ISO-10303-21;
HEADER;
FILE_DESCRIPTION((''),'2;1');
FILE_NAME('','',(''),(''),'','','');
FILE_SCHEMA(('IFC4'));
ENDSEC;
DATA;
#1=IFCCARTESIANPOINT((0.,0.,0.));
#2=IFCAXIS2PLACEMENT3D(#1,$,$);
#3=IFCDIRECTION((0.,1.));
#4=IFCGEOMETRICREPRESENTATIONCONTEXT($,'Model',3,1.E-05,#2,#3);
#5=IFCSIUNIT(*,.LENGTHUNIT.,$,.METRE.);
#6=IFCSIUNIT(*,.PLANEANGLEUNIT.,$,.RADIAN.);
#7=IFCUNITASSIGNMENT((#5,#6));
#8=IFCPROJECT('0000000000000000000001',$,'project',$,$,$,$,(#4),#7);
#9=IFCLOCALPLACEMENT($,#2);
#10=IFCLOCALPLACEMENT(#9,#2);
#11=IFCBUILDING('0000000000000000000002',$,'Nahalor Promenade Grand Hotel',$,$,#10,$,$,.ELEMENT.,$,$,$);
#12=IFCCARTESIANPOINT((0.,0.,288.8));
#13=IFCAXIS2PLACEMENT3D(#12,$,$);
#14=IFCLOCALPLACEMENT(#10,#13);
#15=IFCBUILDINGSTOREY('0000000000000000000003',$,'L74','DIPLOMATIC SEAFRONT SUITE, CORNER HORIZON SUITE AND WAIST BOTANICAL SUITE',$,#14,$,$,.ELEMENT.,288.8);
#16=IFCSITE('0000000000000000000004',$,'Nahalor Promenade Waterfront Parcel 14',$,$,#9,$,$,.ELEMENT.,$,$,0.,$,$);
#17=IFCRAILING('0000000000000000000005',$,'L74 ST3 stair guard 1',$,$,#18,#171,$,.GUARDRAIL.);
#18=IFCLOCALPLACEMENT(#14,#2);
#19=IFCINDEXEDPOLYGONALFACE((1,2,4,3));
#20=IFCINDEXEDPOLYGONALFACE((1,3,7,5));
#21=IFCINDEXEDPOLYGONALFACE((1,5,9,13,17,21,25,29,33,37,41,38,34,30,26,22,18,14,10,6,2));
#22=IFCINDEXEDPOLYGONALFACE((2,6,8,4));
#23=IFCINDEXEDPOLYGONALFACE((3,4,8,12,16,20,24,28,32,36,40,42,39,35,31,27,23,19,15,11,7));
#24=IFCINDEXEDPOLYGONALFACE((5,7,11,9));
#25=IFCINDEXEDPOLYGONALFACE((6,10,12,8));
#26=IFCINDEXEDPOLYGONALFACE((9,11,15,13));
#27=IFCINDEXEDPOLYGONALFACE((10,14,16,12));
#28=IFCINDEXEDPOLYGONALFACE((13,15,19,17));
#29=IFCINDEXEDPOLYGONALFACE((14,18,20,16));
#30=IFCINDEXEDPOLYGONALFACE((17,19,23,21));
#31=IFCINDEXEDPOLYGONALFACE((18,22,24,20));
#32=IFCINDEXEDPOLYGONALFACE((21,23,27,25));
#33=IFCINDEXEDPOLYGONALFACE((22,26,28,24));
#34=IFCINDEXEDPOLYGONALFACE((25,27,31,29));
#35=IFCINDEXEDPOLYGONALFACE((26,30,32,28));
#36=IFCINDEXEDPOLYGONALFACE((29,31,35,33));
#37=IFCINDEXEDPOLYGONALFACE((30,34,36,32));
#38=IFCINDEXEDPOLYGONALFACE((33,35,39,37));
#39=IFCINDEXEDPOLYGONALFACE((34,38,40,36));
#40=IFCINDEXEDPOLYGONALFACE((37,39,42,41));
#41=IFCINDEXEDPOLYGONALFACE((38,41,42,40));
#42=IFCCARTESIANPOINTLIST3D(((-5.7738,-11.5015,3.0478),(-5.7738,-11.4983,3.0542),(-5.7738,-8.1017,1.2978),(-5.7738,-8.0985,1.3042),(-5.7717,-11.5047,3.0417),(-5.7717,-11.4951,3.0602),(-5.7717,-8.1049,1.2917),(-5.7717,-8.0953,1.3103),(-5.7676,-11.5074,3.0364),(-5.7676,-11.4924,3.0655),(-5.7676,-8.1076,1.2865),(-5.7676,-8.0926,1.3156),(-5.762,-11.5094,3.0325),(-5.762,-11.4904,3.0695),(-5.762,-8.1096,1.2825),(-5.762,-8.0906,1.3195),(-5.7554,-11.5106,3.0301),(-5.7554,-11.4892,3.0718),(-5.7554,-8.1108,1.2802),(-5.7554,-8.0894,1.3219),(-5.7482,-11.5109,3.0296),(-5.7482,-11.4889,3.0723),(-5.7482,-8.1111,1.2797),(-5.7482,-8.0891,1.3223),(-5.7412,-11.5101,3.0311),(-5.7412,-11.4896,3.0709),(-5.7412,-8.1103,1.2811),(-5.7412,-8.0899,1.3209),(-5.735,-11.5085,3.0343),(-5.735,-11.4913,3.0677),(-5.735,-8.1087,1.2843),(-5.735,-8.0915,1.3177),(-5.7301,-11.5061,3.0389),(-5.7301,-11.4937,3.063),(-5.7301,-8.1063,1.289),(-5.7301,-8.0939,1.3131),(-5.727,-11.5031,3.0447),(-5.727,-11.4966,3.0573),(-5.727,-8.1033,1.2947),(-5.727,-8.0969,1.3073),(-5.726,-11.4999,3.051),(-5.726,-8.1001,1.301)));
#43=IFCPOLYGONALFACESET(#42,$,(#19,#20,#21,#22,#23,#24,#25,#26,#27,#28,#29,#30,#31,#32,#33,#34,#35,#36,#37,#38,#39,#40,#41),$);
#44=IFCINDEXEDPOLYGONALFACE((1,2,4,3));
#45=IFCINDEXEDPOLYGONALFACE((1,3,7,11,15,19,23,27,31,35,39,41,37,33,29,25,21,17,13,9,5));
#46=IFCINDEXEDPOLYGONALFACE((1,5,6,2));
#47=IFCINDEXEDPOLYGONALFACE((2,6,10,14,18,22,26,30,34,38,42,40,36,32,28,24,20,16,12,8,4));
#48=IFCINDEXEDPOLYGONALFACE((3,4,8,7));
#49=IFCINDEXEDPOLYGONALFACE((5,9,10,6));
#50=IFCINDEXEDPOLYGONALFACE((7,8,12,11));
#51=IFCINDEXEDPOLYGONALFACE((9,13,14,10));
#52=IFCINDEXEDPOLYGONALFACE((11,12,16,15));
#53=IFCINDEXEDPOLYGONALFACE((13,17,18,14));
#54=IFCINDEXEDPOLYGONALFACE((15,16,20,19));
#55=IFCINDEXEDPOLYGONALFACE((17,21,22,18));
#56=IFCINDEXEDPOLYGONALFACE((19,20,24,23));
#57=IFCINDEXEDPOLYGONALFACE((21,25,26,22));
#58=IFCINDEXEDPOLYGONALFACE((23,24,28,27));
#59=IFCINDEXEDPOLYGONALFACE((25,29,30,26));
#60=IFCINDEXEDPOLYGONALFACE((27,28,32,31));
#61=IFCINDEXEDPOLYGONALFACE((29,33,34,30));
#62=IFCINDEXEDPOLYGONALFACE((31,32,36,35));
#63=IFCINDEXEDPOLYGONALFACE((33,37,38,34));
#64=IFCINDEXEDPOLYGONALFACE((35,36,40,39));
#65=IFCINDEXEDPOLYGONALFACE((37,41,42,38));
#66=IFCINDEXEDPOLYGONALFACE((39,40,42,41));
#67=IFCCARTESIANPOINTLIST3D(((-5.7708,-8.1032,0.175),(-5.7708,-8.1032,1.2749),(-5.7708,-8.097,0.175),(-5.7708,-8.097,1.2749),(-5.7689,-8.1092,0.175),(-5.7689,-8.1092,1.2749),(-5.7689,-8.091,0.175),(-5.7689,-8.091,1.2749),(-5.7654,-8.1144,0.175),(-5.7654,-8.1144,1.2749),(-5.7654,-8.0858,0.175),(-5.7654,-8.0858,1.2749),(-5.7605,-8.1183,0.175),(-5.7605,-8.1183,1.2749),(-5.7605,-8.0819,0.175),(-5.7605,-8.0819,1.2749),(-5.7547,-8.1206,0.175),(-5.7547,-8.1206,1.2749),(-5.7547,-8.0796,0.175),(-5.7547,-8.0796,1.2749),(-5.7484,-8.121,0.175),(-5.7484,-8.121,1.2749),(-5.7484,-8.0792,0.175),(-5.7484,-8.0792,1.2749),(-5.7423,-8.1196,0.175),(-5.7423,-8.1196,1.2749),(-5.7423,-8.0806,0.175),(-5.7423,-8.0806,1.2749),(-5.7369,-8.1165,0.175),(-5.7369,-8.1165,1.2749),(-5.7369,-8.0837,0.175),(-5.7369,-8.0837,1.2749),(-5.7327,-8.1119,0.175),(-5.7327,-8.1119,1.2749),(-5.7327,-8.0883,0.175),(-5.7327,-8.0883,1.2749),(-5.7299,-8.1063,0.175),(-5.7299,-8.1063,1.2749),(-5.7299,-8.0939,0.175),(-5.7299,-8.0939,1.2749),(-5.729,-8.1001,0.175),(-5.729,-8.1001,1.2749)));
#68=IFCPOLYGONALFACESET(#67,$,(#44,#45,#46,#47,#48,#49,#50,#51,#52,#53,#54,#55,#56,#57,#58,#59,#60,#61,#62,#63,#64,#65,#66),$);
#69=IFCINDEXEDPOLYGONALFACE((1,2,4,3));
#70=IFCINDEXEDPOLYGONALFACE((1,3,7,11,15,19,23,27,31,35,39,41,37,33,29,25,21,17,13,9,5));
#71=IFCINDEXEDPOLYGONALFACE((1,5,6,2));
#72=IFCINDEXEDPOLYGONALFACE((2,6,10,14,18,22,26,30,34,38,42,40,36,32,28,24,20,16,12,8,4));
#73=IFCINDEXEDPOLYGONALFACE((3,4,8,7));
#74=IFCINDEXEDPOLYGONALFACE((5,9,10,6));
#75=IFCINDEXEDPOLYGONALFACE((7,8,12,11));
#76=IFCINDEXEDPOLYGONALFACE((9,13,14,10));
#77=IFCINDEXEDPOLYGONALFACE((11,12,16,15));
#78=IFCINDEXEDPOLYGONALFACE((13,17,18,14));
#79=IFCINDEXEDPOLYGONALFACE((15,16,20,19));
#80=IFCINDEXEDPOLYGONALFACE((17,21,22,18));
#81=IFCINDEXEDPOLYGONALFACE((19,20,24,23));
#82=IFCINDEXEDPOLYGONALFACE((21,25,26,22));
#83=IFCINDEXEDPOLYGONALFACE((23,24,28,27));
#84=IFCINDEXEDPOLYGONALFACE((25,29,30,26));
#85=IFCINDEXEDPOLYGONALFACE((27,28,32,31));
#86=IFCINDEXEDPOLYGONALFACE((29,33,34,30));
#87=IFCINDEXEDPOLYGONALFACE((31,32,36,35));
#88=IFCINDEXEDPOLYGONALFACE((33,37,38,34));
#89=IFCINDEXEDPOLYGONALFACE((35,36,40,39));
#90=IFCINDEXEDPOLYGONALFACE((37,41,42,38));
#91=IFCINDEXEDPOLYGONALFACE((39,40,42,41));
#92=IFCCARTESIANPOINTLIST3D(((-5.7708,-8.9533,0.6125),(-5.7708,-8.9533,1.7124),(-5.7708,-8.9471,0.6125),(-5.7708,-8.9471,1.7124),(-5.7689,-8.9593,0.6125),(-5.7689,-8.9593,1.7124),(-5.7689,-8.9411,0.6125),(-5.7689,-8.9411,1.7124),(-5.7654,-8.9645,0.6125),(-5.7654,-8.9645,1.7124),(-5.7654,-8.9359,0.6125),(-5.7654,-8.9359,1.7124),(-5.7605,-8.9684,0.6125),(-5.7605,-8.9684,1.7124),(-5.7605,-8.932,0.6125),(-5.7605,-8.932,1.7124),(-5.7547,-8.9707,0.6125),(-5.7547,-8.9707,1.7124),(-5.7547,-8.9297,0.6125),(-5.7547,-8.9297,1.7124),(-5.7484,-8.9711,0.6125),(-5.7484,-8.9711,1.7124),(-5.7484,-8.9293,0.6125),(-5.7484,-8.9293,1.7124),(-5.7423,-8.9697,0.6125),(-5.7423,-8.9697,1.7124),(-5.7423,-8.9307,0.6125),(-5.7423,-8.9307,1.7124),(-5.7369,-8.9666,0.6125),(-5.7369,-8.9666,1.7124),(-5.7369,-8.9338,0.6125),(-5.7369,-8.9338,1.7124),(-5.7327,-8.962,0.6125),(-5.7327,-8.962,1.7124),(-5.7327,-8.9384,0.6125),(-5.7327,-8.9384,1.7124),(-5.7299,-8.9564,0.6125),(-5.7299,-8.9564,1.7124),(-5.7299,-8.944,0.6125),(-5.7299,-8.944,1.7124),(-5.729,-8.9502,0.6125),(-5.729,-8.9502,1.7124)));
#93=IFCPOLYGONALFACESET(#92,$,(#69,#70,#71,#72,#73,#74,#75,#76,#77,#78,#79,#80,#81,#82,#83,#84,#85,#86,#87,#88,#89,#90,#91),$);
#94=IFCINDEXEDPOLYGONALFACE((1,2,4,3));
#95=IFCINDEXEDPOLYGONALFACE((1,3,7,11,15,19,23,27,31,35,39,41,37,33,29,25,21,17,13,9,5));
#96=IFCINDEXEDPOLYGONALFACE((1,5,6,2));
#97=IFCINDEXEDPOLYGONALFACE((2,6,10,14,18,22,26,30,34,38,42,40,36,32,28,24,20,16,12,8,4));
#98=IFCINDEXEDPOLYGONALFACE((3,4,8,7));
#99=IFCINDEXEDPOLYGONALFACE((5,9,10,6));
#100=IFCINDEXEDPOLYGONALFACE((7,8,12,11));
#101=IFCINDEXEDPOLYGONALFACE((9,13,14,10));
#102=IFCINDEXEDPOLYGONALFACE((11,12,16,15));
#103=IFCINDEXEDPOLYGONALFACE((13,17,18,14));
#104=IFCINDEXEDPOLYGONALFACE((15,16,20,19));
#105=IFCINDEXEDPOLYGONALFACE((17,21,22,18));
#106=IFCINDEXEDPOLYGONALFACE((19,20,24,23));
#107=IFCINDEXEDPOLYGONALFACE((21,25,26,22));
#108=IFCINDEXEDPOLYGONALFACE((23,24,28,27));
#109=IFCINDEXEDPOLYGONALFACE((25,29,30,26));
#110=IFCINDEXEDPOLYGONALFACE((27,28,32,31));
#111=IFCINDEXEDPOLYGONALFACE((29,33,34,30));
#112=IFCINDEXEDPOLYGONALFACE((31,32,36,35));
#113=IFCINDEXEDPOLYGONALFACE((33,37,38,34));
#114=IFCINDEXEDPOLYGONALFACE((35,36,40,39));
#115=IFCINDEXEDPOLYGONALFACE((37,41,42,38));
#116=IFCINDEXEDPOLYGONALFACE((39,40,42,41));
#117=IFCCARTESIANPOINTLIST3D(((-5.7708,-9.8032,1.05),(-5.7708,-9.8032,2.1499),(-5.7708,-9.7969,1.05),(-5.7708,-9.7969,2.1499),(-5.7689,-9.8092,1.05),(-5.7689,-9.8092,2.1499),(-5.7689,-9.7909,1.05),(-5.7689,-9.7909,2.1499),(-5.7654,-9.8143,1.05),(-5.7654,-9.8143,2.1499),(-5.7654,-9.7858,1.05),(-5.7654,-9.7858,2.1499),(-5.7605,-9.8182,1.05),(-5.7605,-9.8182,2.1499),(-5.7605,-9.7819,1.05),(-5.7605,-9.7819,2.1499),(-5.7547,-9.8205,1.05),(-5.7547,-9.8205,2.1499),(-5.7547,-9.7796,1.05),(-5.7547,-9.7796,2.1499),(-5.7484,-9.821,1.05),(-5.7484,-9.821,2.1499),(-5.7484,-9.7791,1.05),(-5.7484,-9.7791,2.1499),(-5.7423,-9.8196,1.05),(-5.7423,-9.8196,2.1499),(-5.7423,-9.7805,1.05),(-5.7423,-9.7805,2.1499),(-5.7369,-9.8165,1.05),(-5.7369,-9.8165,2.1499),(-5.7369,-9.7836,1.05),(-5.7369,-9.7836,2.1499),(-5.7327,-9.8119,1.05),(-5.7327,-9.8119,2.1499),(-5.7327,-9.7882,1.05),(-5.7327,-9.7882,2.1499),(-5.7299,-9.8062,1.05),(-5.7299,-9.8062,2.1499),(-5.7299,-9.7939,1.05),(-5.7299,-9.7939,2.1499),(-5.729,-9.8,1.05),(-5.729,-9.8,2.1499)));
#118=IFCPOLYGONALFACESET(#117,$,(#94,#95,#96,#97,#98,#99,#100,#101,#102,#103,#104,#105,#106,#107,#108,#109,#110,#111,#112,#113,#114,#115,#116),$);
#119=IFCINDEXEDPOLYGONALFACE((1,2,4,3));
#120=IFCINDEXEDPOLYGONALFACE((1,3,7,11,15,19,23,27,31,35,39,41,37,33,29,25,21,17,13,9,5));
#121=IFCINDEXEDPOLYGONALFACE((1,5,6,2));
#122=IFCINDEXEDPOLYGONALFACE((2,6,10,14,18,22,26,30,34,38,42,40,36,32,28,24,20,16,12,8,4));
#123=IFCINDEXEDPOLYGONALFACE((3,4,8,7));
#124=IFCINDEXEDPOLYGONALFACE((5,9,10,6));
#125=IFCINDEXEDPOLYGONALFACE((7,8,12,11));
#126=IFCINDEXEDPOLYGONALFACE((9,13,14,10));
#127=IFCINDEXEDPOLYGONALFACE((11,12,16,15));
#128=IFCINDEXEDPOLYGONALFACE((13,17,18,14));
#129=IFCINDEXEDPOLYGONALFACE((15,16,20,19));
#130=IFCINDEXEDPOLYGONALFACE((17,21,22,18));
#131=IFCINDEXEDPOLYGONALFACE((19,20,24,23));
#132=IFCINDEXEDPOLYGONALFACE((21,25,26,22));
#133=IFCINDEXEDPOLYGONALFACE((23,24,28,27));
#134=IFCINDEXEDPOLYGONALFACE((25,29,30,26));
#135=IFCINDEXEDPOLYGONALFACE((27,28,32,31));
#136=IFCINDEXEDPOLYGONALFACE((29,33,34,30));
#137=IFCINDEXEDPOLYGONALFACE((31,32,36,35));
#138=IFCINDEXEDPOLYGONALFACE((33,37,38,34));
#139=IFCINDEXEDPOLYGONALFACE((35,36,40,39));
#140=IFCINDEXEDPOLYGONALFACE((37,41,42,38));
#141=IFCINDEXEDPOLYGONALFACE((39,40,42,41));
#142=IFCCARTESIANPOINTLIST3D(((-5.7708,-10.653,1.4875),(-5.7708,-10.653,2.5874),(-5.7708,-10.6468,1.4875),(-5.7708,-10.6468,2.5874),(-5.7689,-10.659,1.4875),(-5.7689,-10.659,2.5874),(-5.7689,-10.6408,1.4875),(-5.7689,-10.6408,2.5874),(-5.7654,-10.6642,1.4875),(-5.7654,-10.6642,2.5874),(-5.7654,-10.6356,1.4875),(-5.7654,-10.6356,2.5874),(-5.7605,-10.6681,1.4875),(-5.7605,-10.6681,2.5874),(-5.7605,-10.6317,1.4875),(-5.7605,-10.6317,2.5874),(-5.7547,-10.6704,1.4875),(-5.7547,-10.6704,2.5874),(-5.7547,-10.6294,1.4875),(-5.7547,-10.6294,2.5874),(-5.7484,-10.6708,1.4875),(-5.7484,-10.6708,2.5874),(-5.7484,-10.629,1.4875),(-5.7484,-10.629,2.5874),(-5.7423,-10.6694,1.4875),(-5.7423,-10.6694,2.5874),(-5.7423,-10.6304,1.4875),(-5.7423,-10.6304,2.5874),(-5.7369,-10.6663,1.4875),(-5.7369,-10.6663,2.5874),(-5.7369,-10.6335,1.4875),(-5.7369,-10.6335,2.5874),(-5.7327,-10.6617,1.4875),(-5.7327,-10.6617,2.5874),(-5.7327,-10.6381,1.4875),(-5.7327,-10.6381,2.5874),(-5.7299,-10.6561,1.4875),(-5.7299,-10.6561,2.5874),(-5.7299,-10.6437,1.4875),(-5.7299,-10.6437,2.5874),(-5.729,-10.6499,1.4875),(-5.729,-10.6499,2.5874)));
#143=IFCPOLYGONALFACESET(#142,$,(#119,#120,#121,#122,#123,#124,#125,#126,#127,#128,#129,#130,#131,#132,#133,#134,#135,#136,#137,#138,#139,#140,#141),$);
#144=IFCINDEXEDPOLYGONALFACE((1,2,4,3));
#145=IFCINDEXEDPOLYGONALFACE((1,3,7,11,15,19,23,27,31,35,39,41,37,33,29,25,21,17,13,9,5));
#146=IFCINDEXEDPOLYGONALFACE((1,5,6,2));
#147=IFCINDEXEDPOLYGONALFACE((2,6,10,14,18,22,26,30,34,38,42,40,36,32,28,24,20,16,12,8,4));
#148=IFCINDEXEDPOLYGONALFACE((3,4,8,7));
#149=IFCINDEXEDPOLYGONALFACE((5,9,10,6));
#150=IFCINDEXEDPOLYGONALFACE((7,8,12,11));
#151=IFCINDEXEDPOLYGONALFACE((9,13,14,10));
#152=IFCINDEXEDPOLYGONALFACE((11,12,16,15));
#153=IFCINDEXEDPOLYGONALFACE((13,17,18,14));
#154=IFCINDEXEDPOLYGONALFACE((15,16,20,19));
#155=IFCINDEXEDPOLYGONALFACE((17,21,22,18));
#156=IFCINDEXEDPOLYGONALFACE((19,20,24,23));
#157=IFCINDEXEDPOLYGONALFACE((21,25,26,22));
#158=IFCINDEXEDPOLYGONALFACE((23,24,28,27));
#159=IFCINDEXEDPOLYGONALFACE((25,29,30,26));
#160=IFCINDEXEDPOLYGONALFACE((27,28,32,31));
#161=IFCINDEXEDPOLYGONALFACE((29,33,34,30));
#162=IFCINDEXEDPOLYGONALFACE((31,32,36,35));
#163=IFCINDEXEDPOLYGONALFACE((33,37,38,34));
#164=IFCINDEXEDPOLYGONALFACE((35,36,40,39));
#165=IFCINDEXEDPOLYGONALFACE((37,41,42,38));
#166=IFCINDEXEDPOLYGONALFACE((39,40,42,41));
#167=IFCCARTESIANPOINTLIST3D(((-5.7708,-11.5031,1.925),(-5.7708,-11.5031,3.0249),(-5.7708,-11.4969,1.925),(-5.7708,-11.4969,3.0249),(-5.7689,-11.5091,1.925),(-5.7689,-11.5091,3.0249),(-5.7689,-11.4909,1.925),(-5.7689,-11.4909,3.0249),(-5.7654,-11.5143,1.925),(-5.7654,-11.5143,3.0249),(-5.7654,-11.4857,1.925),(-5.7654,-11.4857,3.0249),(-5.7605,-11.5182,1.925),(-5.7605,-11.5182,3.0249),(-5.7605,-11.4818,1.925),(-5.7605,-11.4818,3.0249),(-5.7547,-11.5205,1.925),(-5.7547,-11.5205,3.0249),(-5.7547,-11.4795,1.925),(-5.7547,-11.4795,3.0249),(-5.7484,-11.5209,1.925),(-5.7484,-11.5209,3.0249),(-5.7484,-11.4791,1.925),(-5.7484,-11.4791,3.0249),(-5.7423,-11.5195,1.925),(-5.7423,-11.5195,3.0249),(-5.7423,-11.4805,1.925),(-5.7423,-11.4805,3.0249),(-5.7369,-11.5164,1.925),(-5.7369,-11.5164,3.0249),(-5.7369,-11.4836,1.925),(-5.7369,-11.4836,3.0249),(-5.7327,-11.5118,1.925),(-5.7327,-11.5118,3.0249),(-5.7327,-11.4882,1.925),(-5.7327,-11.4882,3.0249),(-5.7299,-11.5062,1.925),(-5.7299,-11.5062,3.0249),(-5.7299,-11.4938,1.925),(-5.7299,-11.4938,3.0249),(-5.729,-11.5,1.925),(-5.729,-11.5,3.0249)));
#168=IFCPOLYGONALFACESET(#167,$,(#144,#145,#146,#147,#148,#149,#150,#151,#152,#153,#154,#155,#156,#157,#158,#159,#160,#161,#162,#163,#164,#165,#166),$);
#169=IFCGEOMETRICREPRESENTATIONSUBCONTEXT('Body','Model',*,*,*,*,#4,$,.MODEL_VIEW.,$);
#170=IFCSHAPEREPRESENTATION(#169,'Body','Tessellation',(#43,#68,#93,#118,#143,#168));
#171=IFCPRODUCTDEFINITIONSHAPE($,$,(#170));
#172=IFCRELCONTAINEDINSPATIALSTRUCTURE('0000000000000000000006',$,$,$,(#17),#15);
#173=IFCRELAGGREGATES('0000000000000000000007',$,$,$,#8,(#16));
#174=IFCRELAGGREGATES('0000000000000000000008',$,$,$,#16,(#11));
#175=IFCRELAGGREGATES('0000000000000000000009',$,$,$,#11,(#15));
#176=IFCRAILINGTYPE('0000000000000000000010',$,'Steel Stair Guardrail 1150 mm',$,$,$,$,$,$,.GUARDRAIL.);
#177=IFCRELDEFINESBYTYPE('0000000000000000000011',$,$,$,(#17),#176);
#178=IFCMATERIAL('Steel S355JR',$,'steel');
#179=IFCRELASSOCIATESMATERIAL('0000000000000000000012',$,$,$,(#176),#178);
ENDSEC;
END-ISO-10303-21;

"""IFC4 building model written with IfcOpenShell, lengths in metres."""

from ifc_helpers import new_model, si_unit, direction, frame, origin, origin_2d, place, context, subcontext, project, spatial, circle, extrude, material, type_object, element, save


model = new_model("IFC4")

# Units and contexts
model_context = context("Model", 3, precision=1e-05, world=origin(), true_north=direction((0.0, 1.0)))
body_context = subcontext(model_context, "Body", "Model", "MODEL_VIEW")
ifc_project = project(units=[si_unit("LENGTHUNIT", "METRE"), si_unit("PLANEANGLEUNIT", "RADIAN")], contexts=[model_context])

# Site, building, storey
site_placement = place(None, origin())
site = spatial("IfcSite", under=ifc_project, at=site_placement, Name="Nahalor Promenade Waterfront Parcel 14", CompositionType="ELEMENT", RefElevation=0.0)
building_placement = place(site_placement, origin())
building = spatial("IfcBuilding", under=site, at=building_placement, Name="Nahalor Promenade Grand Hotel", CompositionType="ELEMENT")
storey_placement = place(building_placement, frame((0.0, 0.0, 288.8)))
storey = spatial("IfcBuildingStorey", under=building, at=storey_placement, Name="L74", Description="DIPLOMATIC SEAFRONT SUITE, CORNER HORIZON SUITE AND WAIST BOTANICAL SUITE", CompositionType="ELEMENT", Elevation=288.8)

# Shared definitions
ifc_material_1 = material(Name="Steel S355JR", Category="steel")

# Railing
railing_type_1 = type_object("IfcRailingType", Name="Steel Stair Guardrail 1150 mm", PredefinedType="GUARDRAIL", material=ifc_material_1)
railing_1_placement = place(storey_placement, frame((-5.75, -8.1001, 0.175)))
element("IfcRailing", 1, at=railing_1_placement, inside=storey, type_object=railing_type_1, Name="L74 ST3 stair guard 1", PredefinedType="GUARDRAIL", context=body_context, shape_type="SweptSolid", body=[
    extrude(circle(Radius=0.024, at=origin_2d()), frame((0.0, 0.0, 1.126), z_axis=(0.0, -0.88913, 0.457654), x_axis=(1.0, 0.0, 0.0)), (0.0, 0.0, 1.0), 3.8237),
    extrude(circle(Radius=0.021, at=origin_2d()), origin(), (0.0, 0.0, 1.0), 1.0999),
    extrude(circle(Radius=0.021, at=origin_2d()), frame((0.0, -0.8501, 0.4375)), (0.0, 0.0, 1.0), 1.0999),
    extrude(circle(Radius=0.021, at=origin_2d()), frame((0.0, -1.7, 0.875)), (0.0, 0.0, 1.0), 1.0999),
    extrude(circle(Radius=0.021, at=origin_2d()), frame((0.0, -2.5498, 1.3125)), (0.0, 0.0, 1.0), 1.0999),
    extrude(circle(Radius=0.021, at=origin_2d()), frame((0.0, -3.3999, 1.75)), (0.0, 0.0, 1.0), 1.0999),
])

save(model, "model.ifc")
